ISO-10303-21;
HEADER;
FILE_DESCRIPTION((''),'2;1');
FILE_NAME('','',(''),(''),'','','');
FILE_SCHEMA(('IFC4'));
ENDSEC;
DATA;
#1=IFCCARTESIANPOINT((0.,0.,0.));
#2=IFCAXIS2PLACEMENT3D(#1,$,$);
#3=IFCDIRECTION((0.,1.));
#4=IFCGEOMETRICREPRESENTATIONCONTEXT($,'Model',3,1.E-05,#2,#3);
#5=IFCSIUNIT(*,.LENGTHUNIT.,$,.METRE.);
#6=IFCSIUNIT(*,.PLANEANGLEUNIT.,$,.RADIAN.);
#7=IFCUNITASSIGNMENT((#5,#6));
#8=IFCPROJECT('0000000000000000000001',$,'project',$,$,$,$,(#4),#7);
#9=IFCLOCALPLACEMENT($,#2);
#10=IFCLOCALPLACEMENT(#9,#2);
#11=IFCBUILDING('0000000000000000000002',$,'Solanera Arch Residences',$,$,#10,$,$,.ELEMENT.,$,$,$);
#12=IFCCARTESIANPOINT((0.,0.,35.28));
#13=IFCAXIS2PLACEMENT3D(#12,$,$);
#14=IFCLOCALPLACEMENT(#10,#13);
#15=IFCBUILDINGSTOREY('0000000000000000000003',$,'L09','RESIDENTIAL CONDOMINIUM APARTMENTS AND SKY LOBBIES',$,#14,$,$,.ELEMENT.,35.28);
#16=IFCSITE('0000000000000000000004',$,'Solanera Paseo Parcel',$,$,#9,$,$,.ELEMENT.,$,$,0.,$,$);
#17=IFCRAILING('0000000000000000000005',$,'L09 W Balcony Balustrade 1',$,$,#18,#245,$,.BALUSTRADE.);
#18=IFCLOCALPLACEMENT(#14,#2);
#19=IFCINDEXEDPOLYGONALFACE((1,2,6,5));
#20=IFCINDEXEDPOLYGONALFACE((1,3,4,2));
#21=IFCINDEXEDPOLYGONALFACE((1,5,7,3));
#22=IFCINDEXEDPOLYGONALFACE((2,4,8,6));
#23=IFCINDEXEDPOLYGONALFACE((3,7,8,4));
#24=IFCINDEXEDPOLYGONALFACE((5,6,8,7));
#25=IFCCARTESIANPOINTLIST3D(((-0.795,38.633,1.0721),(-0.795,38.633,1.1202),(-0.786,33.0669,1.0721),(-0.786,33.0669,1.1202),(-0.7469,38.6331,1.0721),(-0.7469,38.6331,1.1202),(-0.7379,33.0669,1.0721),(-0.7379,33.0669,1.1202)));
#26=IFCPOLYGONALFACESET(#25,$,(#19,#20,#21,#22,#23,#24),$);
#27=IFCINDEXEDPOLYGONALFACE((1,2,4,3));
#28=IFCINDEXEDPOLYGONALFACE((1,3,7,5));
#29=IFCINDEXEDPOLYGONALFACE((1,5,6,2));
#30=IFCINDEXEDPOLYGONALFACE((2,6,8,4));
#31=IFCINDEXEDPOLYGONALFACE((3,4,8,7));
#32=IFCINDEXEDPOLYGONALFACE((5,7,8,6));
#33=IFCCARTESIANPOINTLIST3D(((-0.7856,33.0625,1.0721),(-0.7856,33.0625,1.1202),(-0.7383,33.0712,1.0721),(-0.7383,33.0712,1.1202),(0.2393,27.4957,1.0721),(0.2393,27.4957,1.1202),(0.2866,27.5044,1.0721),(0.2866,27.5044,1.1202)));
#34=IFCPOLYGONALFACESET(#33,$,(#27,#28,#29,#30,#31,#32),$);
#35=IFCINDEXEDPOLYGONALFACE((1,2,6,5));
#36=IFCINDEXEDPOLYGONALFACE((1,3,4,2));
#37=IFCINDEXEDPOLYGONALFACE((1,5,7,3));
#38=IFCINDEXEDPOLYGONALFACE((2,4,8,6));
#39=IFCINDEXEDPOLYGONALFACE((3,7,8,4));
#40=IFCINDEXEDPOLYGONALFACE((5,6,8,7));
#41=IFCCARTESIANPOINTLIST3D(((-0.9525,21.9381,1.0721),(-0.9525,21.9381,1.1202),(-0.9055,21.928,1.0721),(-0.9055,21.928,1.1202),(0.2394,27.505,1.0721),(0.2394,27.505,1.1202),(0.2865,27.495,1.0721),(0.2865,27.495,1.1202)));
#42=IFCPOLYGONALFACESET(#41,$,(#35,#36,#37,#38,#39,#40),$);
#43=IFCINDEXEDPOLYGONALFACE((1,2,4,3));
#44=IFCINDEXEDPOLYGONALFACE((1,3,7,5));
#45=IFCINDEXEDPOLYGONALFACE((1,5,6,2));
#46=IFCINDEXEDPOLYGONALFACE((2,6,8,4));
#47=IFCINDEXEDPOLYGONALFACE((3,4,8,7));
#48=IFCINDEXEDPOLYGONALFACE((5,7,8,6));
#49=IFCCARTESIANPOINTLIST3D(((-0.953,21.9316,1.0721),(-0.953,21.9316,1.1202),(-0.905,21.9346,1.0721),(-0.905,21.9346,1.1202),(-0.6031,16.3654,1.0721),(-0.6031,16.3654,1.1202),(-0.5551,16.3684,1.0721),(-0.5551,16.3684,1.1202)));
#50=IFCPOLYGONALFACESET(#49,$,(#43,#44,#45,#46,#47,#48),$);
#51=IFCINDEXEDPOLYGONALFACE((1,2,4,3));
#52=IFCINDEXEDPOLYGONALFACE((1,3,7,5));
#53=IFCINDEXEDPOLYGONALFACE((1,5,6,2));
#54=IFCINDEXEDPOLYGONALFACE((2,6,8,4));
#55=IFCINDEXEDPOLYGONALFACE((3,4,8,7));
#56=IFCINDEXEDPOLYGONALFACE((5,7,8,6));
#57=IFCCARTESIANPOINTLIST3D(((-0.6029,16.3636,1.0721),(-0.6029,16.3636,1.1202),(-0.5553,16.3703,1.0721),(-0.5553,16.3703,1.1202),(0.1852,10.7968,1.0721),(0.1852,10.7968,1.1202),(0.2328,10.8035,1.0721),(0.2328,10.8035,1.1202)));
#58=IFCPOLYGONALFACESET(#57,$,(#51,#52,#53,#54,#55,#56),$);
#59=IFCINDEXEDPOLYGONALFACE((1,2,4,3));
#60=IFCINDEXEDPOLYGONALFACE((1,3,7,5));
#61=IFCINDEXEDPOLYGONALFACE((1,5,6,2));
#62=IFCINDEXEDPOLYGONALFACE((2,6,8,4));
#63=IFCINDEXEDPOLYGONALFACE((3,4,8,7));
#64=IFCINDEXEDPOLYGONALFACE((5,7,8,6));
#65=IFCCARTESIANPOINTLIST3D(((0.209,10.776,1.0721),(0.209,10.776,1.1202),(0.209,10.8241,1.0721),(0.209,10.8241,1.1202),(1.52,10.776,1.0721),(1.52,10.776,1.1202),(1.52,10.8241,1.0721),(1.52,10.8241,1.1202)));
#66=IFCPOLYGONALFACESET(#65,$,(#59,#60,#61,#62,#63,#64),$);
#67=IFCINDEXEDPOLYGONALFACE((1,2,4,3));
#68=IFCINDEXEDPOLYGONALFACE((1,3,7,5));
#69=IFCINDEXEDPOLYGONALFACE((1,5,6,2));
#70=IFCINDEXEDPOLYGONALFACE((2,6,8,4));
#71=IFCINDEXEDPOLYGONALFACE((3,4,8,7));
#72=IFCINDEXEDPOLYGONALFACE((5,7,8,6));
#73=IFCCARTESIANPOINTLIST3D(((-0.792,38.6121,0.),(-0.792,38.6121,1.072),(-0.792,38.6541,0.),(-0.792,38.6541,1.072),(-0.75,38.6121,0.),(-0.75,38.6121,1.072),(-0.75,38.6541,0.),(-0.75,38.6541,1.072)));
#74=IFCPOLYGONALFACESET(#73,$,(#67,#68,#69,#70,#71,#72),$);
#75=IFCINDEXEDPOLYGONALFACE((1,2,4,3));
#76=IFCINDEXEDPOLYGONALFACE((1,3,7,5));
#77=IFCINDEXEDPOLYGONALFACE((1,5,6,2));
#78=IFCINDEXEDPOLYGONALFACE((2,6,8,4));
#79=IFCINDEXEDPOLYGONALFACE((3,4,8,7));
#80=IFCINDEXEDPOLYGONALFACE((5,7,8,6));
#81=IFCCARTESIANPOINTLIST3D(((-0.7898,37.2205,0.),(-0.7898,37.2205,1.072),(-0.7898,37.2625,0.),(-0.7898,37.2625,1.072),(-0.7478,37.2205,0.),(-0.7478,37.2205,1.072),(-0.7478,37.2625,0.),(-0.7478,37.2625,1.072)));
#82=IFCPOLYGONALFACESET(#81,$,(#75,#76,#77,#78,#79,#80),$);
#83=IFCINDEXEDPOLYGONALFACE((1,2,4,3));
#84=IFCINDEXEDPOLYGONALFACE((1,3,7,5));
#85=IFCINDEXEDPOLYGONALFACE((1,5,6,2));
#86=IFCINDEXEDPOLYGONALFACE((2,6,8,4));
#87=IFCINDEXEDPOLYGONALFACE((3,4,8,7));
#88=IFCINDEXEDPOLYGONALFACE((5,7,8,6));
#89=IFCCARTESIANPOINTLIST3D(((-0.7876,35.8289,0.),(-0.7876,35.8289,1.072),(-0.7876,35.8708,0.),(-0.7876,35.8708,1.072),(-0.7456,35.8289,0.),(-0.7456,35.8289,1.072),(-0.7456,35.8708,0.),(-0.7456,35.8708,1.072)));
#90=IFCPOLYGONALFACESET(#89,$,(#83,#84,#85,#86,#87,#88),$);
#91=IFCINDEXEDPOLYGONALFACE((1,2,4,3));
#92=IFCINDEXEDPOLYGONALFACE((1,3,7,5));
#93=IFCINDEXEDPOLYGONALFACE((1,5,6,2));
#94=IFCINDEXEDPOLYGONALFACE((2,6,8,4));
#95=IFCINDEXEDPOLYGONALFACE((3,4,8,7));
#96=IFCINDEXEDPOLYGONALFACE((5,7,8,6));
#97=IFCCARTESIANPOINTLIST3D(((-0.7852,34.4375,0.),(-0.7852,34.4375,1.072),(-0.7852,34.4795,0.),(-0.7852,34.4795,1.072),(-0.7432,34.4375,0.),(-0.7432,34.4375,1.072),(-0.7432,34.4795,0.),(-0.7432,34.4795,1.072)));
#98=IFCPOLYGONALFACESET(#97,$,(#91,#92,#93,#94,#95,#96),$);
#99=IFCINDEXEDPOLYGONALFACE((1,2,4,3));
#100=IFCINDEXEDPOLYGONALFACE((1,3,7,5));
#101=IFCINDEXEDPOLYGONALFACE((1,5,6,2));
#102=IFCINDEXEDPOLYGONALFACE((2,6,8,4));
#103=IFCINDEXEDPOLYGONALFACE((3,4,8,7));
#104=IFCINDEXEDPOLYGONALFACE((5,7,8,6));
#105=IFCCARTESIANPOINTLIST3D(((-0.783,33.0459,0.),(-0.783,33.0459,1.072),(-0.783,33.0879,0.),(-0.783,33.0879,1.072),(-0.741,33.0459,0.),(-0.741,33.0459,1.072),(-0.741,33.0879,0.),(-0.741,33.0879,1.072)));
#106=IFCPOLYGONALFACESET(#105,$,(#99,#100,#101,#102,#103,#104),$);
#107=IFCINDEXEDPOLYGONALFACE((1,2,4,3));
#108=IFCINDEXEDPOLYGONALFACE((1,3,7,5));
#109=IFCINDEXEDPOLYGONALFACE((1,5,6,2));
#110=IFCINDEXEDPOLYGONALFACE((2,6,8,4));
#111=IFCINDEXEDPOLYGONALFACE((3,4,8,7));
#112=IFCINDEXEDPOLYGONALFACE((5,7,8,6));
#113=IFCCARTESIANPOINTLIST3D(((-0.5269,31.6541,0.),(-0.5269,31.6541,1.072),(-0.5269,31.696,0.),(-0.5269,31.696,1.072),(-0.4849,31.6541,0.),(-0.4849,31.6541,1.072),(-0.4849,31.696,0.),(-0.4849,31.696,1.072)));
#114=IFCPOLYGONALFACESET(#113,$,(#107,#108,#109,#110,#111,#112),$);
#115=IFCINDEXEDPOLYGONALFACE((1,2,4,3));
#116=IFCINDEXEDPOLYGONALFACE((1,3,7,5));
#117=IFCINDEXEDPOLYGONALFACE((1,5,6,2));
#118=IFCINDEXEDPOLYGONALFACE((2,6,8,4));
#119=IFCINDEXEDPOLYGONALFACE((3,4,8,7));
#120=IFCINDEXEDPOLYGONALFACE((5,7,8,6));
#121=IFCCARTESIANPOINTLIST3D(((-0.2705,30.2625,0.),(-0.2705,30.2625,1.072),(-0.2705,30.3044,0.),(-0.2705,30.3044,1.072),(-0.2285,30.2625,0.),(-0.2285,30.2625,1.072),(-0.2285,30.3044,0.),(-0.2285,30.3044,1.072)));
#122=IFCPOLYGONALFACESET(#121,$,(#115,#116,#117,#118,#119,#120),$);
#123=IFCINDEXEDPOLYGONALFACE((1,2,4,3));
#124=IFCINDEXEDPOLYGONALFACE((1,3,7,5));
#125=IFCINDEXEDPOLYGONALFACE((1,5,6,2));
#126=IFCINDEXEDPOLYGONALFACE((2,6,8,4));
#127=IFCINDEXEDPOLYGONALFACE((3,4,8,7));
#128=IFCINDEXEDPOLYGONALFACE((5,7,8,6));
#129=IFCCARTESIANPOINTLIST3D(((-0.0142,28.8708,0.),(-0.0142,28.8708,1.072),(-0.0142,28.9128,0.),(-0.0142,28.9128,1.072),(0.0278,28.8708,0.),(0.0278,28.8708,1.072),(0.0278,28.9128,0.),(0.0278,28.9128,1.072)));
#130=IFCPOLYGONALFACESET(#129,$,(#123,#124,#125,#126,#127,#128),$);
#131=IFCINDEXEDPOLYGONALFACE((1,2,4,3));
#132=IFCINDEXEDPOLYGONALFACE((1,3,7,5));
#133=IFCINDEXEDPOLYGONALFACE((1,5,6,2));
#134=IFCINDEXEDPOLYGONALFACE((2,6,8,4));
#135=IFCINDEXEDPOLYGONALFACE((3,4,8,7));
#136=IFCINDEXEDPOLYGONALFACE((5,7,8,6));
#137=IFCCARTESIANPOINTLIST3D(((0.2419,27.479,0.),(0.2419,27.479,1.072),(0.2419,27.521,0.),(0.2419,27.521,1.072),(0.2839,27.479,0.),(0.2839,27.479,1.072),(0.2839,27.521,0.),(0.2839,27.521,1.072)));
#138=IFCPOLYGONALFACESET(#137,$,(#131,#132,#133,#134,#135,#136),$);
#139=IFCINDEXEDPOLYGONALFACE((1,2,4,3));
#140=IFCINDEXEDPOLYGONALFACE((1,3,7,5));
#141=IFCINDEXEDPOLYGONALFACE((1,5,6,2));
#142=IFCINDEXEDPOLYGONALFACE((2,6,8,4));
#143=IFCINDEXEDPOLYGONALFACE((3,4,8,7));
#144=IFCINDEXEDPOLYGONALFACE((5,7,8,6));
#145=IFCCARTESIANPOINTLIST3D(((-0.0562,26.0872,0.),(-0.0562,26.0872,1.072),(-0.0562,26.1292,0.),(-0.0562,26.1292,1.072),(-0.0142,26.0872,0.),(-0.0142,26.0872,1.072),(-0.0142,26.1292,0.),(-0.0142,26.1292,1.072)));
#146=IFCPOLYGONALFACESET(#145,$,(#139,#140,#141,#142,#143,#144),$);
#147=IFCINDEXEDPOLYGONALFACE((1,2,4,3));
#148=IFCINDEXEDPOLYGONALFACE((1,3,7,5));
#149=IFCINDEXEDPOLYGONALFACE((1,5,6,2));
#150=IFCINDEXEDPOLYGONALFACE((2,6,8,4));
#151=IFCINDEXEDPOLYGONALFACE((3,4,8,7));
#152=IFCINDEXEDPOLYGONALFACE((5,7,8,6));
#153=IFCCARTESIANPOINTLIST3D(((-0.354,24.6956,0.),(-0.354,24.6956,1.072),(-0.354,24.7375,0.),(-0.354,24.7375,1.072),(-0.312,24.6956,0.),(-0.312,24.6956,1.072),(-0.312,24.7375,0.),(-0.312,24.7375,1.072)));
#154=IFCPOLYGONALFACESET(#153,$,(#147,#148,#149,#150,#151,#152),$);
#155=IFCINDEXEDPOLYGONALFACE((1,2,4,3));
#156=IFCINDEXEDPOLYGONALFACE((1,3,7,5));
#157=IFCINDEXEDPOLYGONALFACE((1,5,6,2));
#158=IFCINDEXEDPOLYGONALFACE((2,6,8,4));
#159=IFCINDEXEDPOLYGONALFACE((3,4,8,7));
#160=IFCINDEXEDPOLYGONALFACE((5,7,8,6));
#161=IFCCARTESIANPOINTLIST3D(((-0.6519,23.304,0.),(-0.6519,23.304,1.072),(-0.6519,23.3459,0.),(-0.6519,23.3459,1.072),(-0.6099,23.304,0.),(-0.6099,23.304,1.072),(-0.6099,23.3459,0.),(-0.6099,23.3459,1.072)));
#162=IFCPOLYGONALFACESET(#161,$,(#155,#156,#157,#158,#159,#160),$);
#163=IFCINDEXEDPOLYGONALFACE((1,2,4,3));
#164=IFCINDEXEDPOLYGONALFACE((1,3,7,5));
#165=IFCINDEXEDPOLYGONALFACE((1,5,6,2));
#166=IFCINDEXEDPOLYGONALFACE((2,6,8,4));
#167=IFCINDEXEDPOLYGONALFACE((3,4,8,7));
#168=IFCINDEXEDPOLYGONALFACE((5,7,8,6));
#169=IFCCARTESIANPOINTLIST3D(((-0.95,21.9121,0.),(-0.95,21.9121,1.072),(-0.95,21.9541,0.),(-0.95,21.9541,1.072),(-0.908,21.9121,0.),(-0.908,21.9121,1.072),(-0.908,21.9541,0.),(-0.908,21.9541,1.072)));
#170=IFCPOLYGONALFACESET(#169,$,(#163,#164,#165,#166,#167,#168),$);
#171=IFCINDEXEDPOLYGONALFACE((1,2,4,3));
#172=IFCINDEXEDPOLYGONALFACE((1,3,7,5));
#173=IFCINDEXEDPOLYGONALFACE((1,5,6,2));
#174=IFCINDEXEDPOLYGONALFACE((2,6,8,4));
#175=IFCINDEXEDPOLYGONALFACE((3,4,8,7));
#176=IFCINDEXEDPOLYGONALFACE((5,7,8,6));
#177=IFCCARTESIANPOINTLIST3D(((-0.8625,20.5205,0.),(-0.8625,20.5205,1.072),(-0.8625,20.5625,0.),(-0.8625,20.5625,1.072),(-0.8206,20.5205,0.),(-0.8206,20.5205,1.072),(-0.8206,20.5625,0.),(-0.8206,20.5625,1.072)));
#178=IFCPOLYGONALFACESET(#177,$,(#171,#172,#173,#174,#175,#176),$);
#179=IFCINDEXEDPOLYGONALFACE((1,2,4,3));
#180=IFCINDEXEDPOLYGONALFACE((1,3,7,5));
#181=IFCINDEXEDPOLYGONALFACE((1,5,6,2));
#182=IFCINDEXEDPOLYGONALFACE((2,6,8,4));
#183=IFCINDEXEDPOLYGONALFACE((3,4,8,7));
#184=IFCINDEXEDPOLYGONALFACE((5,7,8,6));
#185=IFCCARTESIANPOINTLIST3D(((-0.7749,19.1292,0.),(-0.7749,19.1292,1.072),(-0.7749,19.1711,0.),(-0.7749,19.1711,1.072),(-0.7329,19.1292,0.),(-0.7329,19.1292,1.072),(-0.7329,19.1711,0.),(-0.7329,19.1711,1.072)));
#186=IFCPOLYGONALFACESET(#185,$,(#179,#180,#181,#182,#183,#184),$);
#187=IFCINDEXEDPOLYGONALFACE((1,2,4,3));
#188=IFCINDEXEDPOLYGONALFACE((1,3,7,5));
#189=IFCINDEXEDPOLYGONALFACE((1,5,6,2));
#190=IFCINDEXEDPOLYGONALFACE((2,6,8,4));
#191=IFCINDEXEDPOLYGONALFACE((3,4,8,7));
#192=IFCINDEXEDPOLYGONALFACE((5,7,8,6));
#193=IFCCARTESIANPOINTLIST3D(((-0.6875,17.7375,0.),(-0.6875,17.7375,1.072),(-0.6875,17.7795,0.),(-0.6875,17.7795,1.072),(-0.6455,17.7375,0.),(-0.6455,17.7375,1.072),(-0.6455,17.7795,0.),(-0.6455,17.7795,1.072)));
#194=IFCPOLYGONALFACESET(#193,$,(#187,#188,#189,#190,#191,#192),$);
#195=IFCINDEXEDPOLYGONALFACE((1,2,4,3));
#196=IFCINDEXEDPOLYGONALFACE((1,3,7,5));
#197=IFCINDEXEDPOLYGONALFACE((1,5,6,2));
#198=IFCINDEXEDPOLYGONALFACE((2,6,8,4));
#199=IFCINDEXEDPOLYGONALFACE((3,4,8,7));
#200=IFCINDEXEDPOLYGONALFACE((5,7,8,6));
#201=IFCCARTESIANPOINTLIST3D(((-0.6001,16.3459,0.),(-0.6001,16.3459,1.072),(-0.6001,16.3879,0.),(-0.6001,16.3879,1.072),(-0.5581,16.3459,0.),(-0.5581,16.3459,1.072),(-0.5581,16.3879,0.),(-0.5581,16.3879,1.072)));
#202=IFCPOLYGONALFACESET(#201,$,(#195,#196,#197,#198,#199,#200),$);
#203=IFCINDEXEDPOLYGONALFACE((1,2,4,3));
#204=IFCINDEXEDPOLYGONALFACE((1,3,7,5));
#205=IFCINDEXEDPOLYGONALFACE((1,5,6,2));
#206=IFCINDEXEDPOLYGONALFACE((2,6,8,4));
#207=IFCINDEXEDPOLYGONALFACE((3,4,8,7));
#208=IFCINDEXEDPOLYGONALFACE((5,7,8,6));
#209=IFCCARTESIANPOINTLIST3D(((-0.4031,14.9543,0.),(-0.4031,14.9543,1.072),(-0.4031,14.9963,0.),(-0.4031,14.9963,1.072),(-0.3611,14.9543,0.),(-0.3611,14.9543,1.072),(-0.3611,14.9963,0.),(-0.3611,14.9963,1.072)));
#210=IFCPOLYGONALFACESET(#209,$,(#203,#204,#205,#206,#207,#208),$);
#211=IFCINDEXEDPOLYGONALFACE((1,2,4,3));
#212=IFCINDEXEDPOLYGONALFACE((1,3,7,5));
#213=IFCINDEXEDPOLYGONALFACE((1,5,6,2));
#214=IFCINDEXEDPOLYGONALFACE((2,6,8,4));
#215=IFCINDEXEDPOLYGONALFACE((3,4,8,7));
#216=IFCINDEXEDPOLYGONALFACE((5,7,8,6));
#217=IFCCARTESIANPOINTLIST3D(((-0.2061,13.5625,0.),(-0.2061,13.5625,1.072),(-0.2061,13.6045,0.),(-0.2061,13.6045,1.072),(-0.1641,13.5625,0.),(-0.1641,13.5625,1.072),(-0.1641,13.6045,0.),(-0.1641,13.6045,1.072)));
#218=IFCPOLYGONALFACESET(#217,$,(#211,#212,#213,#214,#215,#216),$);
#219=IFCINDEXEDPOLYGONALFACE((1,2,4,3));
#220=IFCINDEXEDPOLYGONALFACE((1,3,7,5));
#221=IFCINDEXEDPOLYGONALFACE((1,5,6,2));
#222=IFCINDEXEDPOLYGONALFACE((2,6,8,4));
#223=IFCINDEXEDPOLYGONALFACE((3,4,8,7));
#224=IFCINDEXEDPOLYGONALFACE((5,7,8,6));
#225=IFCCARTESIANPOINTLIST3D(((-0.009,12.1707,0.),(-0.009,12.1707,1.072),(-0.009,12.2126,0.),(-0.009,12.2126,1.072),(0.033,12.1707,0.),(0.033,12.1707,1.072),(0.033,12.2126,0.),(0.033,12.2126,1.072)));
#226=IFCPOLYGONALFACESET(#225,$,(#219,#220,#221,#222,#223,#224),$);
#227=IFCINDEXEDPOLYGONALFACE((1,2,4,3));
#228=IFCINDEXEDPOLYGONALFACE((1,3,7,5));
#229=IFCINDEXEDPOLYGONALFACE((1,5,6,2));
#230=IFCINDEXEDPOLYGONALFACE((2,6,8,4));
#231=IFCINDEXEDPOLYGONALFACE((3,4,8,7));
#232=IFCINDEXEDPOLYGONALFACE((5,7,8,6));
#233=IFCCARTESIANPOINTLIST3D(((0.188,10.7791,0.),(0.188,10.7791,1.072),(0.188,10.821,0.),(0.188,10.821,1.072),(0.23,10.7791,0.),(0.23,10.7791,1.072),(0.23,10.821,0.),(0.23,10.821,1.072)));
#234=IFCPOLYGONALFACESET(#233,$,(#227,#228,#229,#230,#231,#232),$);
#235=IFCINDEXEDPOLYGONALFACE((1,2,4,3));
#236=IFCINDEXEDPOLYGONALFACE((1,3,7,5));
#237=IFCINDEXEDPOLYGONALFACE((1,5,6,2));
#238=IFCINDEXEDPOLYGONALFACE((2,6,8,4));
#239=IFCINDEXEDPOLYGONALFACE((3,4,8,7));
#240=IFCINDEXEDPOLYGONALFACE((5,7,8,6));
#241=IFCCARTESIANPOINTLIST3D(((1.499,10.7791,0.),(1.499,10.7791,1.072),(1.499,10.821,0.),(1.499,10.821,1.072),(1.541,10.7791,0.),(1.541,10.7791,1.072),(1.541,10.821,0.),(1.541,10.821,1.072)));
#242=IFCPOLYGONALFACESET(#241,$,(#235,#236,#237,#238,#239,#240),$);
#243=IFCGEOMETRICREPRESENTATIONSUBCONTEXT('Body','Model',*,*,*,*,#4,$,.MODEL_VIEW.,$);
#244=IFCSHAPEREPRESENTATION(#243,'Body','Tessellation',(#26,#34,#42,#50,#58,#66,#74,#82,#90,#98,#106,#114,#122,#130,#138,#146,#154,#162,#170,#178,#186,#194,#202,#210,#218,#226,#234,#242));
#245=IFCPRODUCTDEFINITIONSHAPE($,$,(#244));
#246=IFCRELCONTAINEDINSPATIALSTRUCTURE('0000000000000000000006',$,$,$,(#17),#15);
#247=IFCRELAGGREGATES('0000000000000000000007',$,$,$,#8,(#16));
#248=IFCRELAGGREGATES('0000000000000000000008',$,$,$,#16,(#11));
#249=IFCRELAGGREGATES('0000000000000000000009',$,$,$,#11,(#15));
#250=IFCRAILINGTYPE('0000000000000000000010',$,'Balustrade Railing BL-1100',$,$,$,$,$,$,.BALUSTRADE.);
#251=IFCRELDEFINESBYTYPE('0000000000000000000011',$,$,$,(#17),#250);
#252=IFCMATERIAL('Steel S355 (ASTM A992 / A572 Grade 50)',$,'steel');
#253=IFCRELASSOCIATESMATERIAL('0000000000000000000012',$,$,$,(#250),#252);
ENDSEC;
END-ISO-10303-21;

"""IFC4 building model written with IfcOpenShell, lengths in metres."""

from ifc_helpers import new_model, si_unit, direction, frame, origin, origin_2d, place, context, subcontext, project, spatial, rectangle, extrude, material, type_object, element, save


model = new_model("IFC4")

# Units and contexts
model_context = context("Model", 3, precision=1e-05, world=origin(), true_north=direction((0.0, 1.0)))
body_context = subcontext(model_context, "Body", "Model", "MODEL_VIEW")
ifc_project = project(units=[si_unit("LENGTHUNIT", "METRE"), si_unit("PLANEANGLEUNIT", "RADIAN")], contexts=[model_context])

# Site, building, storey
site_placement = place(None, origin())
site = spatial("IfcSite", under=ifc_project, at=site_placement, Name="Solanera Paseo Parcel", CompositionType="ELEMENT", RefElevation=0.0)
building_placement = place(site_placement, origin())
building = spatial("IfcBuilding", under=site, at=building_placement, Name="Solanera Arch Residences", CompositionType="ELEMENT")
storey_placement = place(building_placement, frame((0.0, 0.0, 35.28)))
storey = spatial("IfcBuildingStorey", under=building, at=storey_placement, Name="L09", Description="RESIDENTIAL CONDOMINIUM APARTMENTS AND SKY LOBBIES", CompositionType="ELEMENT", Elevation=35.28)

# Railing
ifc_material_1 = material(Name="Steel S355 (ASTM A992 / A572 Grade 50)", Category="steel")
railing_type = type_object("IfcRailingType", Name="Balustrade Railing BL-1100", PredefinedType="BALUSTRADE", material=ifc_material_1)
railing_placement = place(storey_placement, frame((-0.771, 38.6331, 0.0)))
element("IfcRailing", 1, at=railing_placement, inside=storey, type_object=railing_type, Name="L09 W Balcony Balustrade 1", PredefinedType="BALUSTRADE", context=body_context, shape_type="SweptSolid", body=[
    extrude(rectangle(XDim=0.0481, YDim=0.0481, at=origin_2d()), frame((0.0, 0.0, 1.0962), z_axis=(0.001623, -0.999999, 0.0), x_axis=(0.999999, 0.001623, 0.0)), (0.0, 0.0, 1.0), 5.5662),
    extrude(rectangle(XDim=0.0481, YDim=0.0481, at=origin_2d()), frame((0.009, -5.5662, 1.0962), z_axis=(0.181064, -0.983471, 0.0), x_axis=(0.983471, 0.181064, 0.0)), (0.0, 0.0, 1.0), 5.6604),
    extrude(rectangle(XDim=0.0481, YDim=0.0481, at=origin_2d()), frame((1.0339, -11.1331, 1.0962), z_axis=(-0.209359, -0.977839, 0.0), x_axis=(0.977839, -0.209359, 0.0)), (0.0, 0.0, 1.0), 5.6931),
    extrude(rectangle(XDim=0.0481, YDim=0.0481, at=origin_2d()), frame((-0.158, -16.7, 1.0962), z_axis=(0.06273, -0.998031, 0.0), x_axis=(0.998031, 0.06273, 0.0)), (0.0, 0.0, 1.0), 5.5771),
    extrude(rectangle(XDim=0.0481, YDim=0.0481, at=origin_2d()), frame((0.1919, -22.2661, 1.0962), z_axis=(0.140169, -0.990128, 0.0), x_axis=(0.990128, 0.140169, 0.0)), (0.0, 0.0, 1.0), 5.6223),
    extrude(rectangle(XDim=0.0481, YDim=0.0481, at=origin_2d()), frame((0.98, -27.833, 1.0962), z_axis=(1.0, 0.0, 0.0), x_axis=(0.0, 1.0, 0.0)), (0.0, 0.0, 1.0), 1.311),
    extrude(rectangle(XDim=0.042, YDim=0.042, at=origin_2d()), origin(), (0.0, 0.0, 1.0), 1.072),
    extrude(rectangle(XDim=0.042, YDim=0.042, at=origin_2d()), frame((0.0022, -1.3916, 0.0)), (0.0, 0.0, 1.0), 1.072),
    extrude(rectangle(XDim=0.042, YDim=0.042, at=origin_2d()), frame((0.0044, -2.7832, 0.0)), (0.0, 0.0, 1.0), 1.072),
    extrude(rectangle(XDim=0.042, YDim=0.042, at=origin_2d()), frame((0.0068, -4.1746, 0.0)), (0.0, 0.0, 1.0), 1.072),
    extrude(rectangle(XDim=0.042, YDim=0.042, at=origin_2d()), frame((0.009, -5.5662, 0.0)), (0.0, 0.0, 1.0), 1.072),
    extrude(rectangle(XDim=0.042, YDim=0.042, at=origin_2d()), frame((0.2651, -6.958, 0.0)), (0.0, 0.0, 1.0), 1.072),
    extrude(rectangle(XDim=0.042, YDim=0.042, at=origin_2d()), frame((0.5215, -8.3496, 0.0)), (0.0, 0.0, 1.0), 1.072),
    extrude(rectangle(XDim=0.042, YDim=0.042, at=origin_2d()), frame((0.7778, -9.7412, 0.0)), (0.0, 0.0, 1.0), 1.072),
    extrude(rectangle(XDim=0.042, YDim=0.042, at=origin_2d()), frame((1.0339, -11.1331, 0.0)), (0.0, 0.0, 1.0), 1.072),
    extrude(rectangle(XDim=0.042, YDim=0.042, at=origin_2d()), frame((0.7358, -12.5249, 0.0)), (0.0, 0.0, 1.0), 1.072),
    extrude(rectangle(XDim=0.042, YDim=0.042, at=origin_2d()), frame((0.438, -13.9165, 0.0)), (0.0, 0.0, 1.0), 1.072),
    extrude(rectangle(XDim=0.042, YDim=0.042, at=origin_2d()), frame((0.1401, -15.3081, 0.0)), (0.0, 0.0, 1.0), 1.072),
    extrude(rectangle(XDim=0.042, YDim=0.042, at=origin_2d()), frame((-0.158, -16.7, 0.0)), (0.0, 0.0, 1.0), 1.072),
    extrude(rectangle(XDim=0.042, YDim=0.042, at=origin_2d()), frame((-0.0706, -18.0916, 0.0)), (0.0, 0.0, 1.0), 1.072),
    extrude(rectangle(XDim=0.042, YDim=0.042, at=origin_2d()), frame((0.0171, -19.4829, 0.0)), (0.0, 0.0, 1.0), 1.072),
    extrude(rectangle(XDim=0.042, YDim=0.042, at=origin_2d()), frame((0.1045, -20.8745, 0.0)), (0.0, 0.0, 1.0), 1.072),
    extrude(rectangle(XDim=0.042, YDim=0.042, at=origin_2d()), frame((0.1919, -22.2661, 0.0)), (0.0, 0.0, 1.0), 1.072),
    extrude(rectangle(XDim=0.042, YDim=0.042, at=origin_2d()), frame((0.3889, -23.6577, 0.0)), (0.0, 0.0, 1.0), 1.072),
    extrude(rectangle(XDim=0.042, YDim=0.042, at=origin_2d()), frame((0.5859, -25.0496, 0.0)), (0.0, 0.0, 1.0), 1.072),
    extrude(rectangle(XDim=0.042, YDim=0.042, at=origin_2d()), frame((0.783, -26.4414, 0.0)), (0.0, 0.0, 1.0), 1.072),
    extrude(rectangle(XDim=0.042, YDim=0.042, at=origin_2d()), frame((0.98, -27.833, 0.0)), (0.0, 0.0, 1.0), 1.072),
    extrude(rectangle(XDim=0.042, YDim=0.042, at=origin_2d()), frame((2.291, -27.833, 0.0)), (0.0, 0.0, 1.0), 1.072),
])

save(model, "model.ifc")
